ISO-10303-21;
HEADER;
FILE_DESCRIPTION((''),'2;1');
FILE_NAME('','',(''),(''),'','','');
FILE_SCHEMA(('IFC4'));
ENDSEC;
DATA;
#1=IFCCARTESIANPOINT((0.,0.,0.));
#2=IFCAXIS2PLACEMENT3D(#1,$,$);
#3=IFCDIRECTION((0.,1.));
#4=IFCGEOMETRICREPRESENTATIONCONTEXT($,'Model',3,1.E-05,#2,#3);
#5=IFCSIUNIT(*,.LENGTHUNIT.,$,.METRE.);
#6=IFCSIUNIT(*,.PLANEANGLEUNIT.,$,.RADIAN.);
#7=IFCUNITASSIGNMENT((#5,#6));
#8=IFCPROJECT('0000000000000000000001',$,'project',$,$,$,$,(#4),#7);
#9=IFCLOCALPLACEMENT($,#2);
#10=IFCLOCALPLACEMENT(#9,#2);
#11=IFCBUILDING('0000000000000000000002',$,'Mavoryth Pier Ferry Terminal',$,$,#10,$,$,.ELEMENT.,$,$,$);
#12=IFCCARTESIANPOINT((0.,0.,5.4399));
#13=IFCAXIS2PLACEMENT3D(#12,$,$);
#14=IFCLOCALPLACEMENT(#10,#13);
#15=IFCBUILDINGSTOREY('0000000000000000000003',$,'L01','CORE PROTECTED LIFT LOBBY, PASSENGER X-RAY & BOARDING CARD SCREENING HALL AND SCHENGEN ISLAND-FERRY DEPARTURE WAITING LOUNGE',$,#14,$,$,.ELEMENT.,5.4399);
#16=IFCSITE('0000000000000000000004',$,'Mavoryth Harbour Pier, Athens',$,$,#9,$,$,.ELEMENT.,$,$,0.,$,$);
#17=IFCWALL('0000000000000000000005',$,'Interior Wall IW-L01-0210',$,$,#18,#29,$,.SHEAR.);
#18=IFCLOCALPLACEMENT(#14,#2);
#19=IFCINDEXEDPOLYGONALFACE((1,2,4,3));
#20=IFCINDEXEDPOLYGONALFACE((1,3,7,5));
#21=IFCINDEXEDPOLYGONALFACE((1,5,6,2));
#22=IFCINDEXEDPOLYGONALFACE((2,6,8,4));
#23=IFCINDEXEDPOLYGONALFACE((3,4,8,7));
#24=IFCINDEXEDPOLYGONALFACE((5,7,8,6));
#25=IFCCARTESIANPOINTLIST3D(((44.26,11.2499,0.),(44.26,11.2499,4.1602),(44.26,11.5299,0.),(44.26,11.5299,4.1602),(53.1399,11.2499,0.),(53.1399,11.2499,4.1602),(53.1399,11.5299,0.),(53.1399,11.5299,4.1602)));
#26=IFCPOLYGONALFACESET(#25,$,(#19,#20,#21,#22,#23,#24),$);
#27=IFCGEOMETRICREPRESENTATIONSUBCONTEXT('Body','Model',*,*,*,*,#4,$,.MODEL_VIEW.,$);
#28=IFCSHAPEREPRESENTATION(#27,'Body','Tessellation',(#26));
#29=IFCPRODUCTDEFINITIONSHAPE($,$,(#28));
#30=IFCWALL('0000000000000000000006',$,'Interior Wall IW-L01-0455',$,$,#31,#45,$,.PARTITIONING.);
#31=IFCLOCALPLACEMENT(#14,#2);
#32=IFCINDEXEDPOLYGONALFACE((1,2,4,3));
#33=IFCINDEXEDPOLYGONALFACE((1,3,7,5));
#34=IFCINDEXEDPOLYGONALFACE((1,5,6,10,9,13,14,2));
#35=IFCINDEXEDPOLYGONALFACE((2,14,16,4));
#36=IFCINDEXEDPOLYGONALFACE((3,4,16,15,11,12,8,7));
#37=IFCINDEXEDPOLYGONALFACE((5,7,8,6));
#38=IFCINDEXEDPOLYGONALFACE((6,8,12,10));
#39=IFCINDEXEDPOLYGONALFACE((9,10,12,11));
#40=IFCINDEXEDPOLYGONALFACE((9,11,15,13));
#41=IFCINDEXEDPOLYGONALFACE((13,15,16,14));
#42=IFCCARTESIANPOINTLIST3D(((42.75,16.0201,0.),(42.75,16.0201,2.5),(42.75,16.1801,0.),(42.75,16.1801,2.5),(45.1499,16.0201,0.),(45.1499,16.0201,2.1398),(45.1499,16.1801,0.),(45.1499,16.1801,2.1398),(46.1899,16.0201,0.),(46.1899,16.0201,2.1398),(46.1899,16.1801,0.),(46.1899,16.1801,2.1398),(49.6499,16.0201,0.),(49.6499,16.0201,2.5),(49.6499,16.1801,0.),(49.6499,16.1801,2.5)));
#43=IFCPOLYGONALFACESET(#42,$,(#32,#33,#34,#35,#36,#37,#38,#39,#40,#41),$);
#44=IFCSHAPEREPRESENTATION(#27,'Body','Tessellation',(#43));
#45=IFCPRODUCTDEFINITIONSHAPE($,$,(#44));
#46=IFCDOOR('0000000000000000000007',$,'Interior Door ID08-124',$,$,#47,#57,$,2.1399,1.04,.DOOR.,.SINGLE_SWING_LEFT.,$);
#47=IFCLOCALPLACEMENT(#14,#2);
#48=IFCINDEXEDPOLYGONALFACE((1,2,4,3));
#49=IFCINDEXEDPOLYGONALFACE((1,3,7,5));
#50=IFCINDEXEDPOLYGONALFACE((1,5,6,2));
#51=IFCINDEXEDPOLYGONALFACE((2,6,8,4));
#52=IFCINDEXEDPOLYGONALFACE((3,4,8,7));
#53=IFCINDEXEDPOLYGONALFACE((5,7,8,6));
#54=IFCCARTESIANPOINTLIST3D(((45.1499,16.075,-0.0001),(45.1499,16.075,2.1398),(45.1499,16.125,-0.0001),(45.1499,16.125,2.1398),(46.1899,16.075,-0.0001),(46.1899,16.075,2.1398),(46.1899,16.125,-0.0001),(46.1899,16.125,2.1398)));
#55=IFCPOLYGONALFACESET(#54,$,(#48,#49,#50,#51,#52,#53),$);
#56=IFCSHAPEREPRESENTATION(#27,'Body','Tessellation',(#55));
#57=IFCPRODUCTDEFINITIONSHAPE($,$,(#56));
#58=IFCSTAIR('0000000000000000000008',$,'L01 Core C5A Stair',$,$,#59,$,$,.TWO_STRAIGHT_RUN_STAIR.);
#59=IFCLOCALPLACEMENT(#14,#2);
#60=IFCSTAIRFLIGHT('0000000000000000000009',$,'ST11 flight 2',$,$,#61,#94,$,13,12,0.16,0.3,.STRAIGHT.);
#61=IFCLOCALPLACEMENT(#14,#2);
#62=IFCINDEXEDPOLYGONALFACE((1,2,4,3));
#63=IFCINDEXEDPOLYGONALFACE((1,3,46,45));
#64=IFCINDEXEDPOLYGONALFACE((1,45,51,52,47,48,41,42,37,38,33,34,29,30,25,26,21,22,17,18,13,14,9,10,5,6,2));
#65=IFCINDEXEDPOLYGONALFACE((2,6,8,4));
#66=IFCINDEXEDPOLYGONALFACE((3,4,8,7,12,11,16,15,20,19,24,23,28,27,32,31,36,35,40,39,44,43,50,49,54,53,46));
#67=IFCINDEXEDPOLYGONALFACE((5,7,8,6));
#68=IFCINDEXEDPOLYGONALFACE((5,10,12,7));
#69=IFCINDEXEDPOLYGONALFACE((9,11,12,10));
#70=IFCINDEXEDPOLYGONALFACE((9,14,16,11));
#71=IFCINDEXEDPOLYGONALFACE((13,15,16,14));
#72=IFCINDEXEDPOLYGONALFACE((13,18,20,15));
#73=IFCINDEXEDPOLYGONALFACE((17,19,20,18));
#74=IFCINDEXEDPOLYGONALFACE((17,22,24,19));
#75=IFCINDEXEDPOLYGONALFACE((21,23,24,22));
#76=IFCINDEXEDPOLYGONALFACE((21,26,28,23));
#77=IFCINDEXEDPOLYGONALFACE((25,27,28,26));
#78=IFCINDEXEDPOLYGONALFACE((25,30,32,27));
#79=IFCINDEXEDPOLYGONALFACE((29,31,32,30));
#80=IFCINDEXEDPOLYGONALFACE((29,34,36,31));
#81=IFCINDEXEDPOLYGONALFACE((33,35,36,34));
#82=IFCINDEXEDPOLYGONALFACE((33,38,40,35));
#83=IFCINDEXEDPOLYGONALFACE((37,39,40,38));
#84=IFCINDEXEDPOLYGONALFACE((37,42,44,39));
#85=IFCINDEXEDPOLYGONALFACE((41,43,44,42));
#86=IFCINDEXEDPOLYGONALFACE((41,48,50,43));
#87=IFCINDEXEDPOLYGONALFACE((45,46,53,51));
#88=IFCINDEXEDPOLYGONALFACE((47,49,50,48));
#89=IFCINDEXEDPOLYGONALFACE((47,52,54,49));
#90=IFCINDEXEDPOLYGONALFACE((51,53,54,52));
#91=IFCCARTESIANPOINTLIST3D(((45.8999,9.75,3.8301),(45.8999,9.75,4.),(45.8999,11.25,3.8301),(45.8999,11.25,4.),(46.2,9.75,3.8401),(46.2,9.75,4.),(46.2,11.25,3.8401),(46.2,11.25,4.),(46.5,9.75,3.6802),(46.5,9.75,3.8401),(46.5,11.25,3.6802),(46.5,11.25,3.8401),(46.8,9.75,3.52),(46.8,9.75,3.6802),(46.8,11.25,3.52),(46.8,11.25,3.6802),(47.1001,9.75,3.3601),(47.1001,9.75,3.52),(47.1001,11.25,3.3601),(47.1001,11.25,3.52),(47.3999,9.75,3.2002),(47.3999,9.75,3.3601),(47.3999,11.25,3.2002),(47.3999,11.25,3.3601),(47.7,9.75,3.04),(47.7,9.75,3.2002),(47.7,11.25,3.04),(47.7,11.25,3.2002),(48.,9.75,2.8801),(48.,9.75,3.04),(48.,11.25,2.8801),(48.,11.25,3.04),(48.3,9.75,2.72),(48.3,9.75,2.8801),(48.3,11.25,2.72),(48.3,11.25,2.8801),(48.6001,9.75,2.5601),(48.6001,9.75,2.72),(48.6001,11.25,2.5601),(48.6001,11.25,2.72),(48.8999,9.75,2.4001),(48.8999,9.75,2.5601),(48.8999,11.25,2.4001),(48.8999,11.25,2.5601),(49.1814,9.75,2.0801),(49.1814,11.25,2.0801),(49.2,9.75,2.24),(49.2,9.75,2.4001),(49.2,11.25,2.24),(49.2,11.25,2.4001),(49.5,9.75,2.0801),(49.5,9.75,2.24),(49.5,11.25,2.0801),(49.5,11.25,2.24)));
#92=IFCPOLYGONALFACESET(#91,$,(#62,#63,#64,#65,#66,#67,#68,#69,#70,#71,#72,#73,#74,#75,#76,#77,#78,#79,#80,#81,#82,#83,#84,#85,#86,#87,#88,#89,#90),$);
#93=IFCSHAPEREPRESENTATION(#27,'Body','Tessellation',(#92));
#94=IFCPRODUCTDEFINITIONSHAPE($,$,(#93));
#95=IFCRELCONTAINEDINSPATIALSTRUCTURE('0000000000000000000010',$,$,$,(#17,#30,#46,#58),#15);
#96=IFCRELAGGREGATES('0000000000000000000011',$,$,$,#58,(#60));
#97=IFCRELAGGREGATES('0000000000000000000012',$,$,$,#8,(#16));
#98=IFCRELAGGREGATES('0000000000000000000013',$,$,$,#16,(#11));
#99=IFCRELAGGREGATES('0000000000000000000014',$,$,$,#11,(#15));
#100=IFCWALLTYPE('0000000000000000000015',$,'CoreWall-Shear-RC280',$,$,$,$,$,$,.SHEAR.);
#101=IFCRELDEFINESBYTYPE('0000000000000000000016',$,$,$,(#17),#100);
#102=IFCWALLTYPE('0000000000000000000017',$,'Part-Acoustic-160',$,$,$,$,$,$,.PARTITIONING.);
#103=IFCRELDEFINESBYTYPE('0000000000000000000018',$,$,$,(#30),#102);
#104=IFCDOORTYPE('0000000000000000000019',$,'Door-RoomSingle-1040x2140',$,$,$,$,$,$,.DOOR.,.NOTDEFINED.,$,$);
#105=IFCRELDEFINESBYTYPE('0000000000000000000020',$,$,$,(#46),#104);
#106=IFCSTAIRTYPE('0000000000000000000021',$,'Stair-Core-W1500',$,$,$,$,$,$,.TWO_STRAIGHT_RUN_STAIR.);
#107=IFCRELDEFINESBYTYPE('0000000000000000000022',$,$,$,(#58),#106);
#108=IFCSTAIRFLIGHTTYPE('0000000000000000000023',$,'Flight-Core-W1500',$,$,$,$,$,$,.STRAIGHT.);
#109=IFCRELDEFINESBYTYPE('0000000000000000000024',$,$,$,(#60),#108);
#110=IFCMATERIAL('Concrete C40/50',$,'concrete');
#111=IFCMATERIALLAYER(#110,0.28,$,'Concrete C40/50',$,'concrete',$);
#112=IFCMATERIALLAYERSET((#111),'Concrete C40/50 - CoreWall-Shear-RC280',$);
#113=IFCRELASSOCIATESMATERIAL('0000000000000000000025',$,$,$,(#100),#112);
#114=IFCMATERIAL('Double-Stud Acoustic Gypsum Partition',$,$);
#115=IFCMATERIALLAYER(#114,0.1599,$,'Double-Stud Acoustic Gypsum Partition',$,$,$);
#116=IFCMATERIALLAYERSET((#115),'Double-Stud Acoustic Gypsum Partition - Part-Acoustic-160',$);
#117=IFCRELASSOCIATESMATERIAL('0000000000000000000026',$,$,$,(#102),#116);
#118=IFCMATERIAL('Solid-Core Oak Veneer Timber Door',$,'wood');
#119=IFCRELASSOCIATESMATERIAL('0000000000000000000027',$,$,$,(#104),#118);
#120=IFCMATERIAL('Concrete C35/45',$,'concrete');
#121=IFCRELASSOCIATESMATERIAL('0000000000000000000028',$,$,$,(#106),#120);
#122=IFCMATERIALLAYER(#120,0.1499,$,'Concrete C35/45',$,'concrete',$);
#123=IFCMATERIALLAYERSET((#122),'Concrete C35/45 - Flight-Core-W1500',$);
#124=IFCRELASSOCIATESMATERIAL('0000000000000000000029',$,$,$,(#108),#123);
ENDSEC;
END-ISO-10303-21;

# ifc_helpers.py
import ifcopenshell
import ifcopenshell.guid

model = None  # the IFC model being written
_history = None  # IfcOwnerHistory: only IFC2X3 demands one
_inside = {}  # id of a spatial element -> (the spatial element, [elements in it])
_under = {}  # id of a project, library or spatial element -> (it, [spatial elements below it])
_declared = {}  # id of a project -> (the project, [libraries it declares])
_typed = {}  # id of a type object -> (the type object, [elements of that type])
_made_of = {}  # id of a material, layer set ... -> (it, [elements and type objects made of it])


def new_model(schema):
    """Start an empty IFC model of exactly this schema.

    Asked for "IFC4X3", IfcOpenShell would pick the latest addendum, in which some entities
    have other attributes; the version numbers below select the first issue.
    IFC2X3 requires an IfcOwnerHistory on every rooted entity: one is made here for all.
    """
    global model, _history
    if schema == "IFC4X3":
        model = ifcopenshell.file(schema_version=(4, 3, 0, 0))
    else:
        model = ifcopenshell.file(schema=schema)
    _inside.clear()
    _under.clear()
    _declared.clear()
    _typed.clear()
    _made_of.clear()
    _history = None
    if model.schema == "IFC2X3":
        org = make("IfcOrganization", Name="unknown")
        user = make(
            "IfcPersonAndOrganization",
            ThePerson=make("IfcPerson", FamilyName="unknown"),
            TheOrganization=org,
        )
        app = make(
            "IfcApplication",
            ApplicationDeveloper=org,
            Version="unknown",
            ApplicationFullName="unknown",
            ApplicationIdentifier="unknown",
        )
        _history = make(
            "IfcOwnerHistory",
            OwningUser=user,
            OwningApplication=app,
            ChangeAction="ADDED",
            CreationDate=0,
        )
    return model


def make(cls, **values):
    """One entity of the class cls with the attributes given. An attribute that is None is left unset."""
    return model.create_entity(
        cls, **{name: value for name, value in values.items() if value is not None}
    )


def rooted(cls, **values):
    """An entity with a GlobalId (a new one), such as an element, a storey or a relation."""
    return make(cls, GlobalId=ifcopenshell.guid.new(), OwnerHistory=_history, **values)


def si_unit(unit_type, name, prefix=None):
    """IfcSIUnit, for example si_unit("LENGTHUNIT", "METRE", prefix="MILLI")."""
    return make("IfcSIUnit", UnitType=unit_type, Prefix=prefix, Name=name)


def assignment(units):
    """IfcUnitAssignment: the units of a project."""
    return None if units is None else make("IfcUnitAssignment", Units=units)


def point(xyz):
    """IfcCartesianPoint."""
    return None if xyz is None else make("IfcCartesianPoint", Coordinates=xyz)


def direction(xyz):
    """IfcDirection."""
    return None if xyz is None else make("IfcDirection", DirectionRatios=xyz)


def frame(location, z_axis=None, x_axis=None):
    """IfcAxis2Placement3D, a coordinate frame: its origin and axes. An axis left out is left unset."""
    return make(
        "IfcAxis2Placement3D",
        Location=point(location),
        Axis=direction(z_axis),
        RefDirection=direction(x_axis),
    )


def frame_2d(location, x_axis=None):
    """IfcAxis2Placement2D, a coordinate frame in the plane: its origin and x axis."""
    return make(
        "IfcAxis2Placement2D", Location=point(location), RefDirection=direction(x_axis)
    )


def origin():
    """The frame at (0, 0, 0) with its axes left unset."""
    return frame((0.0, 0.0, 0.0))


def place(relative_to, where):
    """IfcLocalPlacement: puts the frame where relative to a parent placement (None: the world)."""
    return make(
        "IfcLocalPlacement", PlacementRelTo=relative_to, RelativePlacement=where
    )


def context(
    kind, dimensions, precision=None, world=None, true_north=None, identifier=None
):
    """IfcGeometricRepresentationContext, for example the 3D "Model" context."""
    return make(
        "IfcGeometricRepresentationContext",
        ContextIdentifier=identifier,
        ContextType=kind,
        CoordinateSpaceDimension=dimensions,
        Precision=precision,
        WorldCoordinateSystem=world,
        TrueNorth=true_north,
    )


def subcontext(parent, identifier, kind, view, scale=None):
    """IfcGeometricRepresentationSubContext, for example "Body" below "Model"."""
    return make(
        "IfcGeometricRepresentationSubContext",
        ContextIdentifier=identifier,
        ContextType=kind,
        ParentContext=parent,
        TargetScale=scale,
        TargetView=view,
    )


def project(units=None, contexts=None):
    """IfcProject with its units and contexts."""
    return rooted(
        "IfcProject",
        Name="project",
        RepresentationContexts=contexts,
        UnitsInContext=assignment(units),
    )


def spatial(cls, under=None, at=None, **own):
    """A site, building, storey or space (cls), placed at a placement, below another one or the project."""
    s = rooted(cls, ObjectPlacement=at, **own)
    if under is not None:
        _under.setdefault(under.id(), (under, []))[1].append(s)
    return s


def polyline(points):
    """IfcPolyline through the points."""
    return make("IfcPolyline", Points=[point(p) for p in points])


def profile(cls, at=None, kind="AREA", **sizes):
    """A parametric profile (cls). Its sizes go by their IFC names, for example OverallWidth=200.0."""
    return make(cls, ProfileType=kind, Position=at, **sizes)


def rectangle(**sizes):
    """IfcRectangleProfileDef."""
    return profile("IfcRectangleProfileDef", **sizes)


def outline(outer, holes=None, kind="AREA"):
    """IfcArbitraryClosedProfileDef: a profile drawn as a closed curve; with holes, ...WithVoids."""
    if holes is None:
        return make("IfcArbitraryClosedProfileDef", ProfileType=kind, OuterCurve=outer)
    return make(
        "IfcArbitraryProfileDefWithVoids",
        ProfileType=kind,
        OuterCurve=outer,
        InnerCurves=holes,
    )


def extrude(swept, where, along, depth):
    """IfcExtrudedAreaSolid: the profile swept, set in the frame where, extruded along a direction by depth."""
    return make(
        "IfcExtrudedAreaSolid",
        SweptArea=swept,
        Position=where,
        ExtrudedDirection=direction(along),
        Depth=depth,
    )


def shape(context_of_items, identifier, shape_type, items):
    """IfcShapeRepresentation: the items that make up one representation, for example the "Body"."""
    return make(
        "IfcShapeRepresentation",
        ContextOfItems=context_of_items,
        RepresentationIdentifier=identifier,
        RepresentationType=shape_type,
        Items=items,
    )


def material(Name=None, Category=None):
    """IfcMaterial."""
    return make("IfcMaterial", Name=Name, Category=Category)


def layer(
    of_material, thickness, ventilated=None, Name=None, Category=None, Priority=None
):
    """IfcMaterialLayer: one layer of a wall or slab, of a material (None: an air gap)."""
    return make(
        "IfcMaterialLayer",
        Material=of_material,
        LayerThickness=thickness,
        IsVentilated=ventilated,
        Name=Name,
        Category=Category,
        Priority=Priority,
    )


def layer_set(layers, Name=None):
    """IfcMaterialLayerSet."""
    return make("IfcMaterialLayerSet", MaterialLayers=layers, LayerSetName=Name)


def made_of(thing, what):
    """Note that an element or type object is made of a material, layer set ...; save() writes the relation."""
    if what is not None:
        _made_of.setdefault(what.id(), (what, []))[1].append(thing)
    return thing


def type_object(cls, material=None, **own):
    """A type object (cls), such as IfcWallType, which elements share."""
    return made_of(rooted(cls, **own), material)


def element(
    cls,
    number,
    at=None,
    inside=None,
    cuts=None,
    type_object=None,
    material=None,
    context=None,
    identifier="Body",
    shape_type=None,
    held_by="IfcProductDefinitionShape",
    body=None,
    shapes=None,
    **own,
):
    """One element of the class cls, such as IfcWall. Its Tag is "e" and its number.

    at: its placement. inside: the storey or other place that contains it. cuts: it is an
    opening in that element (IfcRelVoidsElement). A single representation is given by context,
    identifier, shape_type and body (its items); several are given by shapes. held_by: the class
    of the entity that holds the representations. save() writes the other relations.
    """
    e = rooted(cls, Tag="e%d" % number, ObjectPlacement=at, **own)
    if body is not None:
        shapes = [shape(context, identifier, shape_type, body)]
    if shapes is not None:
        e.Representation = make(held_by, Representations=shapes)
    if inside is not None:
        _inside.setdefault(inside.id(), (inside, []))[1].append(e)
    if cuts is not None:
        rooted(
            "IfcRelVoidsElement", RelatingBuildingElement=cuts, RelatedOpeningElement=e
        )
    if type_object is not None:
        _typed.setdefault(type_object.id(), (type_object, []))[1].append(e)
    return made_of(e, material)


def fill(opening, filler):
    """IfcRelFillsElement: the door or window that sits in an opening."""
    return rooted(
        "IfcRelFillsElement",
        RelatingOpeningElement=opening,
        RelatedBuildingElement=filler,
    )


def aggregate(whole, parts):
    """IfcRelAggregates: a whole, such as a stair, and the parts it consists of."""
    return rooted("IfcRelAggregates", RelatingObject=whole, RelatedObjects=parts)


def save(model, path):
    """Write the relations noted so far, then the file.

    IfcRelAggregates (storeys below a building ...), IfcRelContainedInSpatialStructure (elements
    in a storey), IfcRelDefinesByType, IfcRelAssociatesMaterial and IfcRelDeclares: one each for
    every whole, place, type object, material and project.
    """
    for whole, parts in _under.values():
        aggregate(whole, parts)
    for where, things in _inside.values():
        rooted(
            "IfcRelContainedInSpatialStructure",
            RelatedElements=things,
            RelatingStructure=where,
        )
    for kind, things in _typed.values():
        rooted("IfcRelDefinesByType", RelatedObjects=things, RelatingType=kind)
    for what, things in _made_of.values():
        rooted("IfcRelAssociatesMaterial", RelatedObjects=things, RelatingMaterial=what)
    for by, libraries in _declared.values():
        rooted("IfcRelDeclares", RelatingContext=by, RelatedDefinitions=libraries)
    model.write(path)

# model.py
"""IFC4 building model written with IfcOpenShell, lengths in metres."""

from ifc_helpers import new_model, si_unit, direction, frame, frame_2d, origin, place, context, subcontext, project, spatial, polyline, rectangle, outline, extrude, material, layer, layer_set, type_object, element, fill, aggregate, save


model = new_model("IFC4")

# Units and contexts
model_context = context("Model", 3, precision=1e-05, world=origin(), true_north=direction((0.0, 1.0)))
body_context = subcontext(model_context, "Body", "Model", "MODEL_VIEW")
ifc_project = project(units=[si_unit("LENGTHUNIT", "METRE"), si_unit("PLANEANGLEUNIT", "RADIAN")], contexts=[model_context])

# Site, building, storey
site_placement = place(None, origin())
site = spatial("IfcSite", under=ifc_project, at=site_placement, Name="Mavoryth Harbour Pier, Athens", CompositionType="ELEMENT", RefElevation=0.0)
building_placement = place(site_placement, origin())
building = spatial("IfcBuilding", under=site, at=building_placement, Name="Mavoryth Pier Ferry Terminal", CompositionType="ELEMENT")
storey_placement = place(building_placement, frame((0.0, 0.0, 5.4399)))
storey = spatial("IfcBuildingStorey", under=building, at=storey_placement, Name="L01", Description="CORE PROTECTED LIFT LOBBY, PASSENGER X-RAY & BOARDING CARD SCREENING HALL AND SCHENGEN ISLAND-FERRY DEPARTURE WAITING LOUNGE", CompositionType="ELEMENT", Elevation=5.4399)

# Shared definitions
ifc_material_1 = material(Name="Concrete C40/50", Category="concrete")

# Shared definitions
ifc_material_2 = material(Name="Concrete C35/45", Category="concrete")

# Wall
ifc_layer_1 = layer(ifc_material_1, 0.28, Name="Concrete C40/50", Category="concrete")
ifc_layer_set_1 = layer_set([ifc_layer_1], Name="Concrete C40/50 - CoreWall-Shear-RC280")
wall_type_1 = type_object("IfcWallType", Name="CoreWall-Shear-RC280", PredefinedType="SHEAR", material=ifc_layer_set_1)
wall_1_placement = place(storey_placement, frame((44.26, 11.3899, 0.0), z_axis=(0.0, 0.0, 1.0), x_axis=(1.0, 0.0, 0.0)))
element("IfcWall", 1, at=wall_1_placement, inside=storey, type_object=wall_type_1, Name="Interior Wall IW-L01-0210", PredefinedType="SHEAR", context=body_context, shape_type="SweptSolid", body=[
    extrude(rectangle(XDim=8.8799, YDim=0.28, at=frame_2d((4.4399, 0.0))), origin(), (0.0, 0.0, 1.0), 4.1602),
])

# Wall, opening, door
ifc_material_3 = material(Name="Double-Stud Acoustic Gypsum Partition")
ifc_layer_2 = layer(ifc_material_3, 0.1599, Name="Double-Stud Acoustic Gypsum Partition")
ifc_layer_set_2 = layer_set([ifc_layer_2], Name="Double-Stud Acoustic Gypsum Partition - Part-Acoustic-160")
wall_type_2 = type_object("IfcWallType", Name="Part-Acoustic-160", PredefinedType="PARTITIONING", material=ifc_layer_set_2)
wall_2_placement = place(storey_placement, frame((42.75, 16.1001, 0.0), z_axis=(0.0, 0.0, 1.0), x_axis=(1.0, 0.0, 0.0)))
wall_2 = element("IfcWall", 2, at=wall_2_placement, inside=storey, type_object=wall_type_2, Name="Interior Wall IW-L01-0455", PredefinedType="PARTITIONING", context=body_context, shape_type="SweptSolid", body=[
    extrude(rectangle(XDim=6.8999, YDim=0.1599, at=frame_2d((3.45, 0.0))), origin(), (0.0, 0.0, 1.0), 2.5),
])
opening_1_placement = place(wall_2_placement, frame((2.3999, 0.0, 0.0)))
opening_1 = element("IfcOpeningElement", 3, at=opening_1_placement, cuts=wall_2, PredefinedType="OPENING", context=body_context, shape_type="SweptSolid", body=[
    extrude(rectangle(XDim=1.04, YDim=2.1399, at=frame_2d((0.52, 1.0698))), frame((0.0, 0.0898, 0.0), z_axis=(0.0, -1.0, 0.0), x_axis=(1.0, 0.0, 0.0)), (0.0, 0.0, 1.0), 0.1799),
])
ifc_material_4 = material(Name="Solid-Core Oak Veneer Timber Door", Category="wood")
door_type_1 = type_object("IfcDoorType", Name="Door-RoomSingle-1040x2140", OperationType="NOTDEFINED", PredefinedType="DOOR", material=ifc_material_4)
door_1_placement = place(opening_1_placement, origin())
door_1 = element("IfcDoor", 4, at=door_1_placement, inside=storey, type_object=door_type_1, Name="Interior Door ID08-124", OperationType="SINGLE_SWING_LEFT", OverallHeight=2.1399, OverallWidth=1.04, PredefinedType="DOOR", context=body_context, shape_type="SweptSolid", body=[
    extrude(rectangle(XDim=1.04, YDim=2.1399, at=frame_2d((0.52, 1.0698))), frame((0.0, 0.0249, 0.0), z_axis=(0.0, -1.0, 0.0), x_axis=(1.0, 0.0, 0.0)), (0.0, 0.0, 1.0), 0.05),
])
fill(opening_1, door_1)

# Stair, stair flight
stair_type = type_object("IfcStairType", Name="Stair-Core-W1500", PredefinedType="TWO_STRAIGHT_RUN_STAIR", material=ifc_material_2)
stair_placement = place(storey_placement, origin())
stair = element("IfcStair", 5, at=stair_placement, inside=storey, type_object=stair_type, Name="L01 Core C5A Stair", PredefinedType="TWO_STRAIGHT_RUN_STAIR")
ifc_layer_3 = layer(ifc_material_2, 0.1499, Name="Concrete C35/45", Category="concrete")
ifc_layer_set_3 = layer_set([ifc_layer_3], Name="Concrete C35/45 - Flight-Core-W1500")
stair_flight_type = type_object("IfcStairFlightType", Name="Flight-Core-W1500", PredefinedType="STRAIGHT", material=ifc_layer_set_3)
stair_flight_placement = place(storey_placement, frame((49.5, 10.5, 2.0801), z_axis=(0.0, 0.0, 1.0), x_axis=(-1.0, 0.0, 0.0)))
stair_flight = element("IfcStairFlight", 6, at=stair_flight_placement, type_object=stair_flight_type, Name="ST11 flight 2", NumberOfRisers=13, NumberOfTreads=12, PredefinedType="STRAIGHT", RiserHeight=0.16, TreadLength=0.3, context=body_context, shape_type="SweptSolid", body=[
    extrude(outline(polyline([(0.0, 0.0), (0.0, 0.1599), (0.3, 0.1599), (0.3, 0.3201), (0.6001, 0.3201), (0.6001, 0.48), (0.8999, 0.48), (0.8999, 0.6399), (1.2, 0.6399), (1.2, 0.8), (1.5, 0.8), (1.5, 0.96), (1.8, 0.96), (1.8, 1.1201), (2.1001, 1.1201), (2.1001, 1.28), (2.3999, 1.28), (2.3999, 1.4399), (2.7, 1.4399), (2.7, 1.6001), (3.0, 1.6001), (3.0, 1.76), (3.3, 1.76), (3.3, 1.9199), (3.6001, 1.9199), (3.6001, 2.0801), (3.6001, 1.75), (0.3186, 0.0), (0.0, 0.0)])), frame((0.0, 0.75, 0.0), z_axis=(0.0, -1.0, 0.0), x_axis=(1.0, 0.0, 0.0)), (0.0, 0.0, 1.0), 1.5),
])
aggregate(stair, [stair_flight])

save(model, "model.ifc")
